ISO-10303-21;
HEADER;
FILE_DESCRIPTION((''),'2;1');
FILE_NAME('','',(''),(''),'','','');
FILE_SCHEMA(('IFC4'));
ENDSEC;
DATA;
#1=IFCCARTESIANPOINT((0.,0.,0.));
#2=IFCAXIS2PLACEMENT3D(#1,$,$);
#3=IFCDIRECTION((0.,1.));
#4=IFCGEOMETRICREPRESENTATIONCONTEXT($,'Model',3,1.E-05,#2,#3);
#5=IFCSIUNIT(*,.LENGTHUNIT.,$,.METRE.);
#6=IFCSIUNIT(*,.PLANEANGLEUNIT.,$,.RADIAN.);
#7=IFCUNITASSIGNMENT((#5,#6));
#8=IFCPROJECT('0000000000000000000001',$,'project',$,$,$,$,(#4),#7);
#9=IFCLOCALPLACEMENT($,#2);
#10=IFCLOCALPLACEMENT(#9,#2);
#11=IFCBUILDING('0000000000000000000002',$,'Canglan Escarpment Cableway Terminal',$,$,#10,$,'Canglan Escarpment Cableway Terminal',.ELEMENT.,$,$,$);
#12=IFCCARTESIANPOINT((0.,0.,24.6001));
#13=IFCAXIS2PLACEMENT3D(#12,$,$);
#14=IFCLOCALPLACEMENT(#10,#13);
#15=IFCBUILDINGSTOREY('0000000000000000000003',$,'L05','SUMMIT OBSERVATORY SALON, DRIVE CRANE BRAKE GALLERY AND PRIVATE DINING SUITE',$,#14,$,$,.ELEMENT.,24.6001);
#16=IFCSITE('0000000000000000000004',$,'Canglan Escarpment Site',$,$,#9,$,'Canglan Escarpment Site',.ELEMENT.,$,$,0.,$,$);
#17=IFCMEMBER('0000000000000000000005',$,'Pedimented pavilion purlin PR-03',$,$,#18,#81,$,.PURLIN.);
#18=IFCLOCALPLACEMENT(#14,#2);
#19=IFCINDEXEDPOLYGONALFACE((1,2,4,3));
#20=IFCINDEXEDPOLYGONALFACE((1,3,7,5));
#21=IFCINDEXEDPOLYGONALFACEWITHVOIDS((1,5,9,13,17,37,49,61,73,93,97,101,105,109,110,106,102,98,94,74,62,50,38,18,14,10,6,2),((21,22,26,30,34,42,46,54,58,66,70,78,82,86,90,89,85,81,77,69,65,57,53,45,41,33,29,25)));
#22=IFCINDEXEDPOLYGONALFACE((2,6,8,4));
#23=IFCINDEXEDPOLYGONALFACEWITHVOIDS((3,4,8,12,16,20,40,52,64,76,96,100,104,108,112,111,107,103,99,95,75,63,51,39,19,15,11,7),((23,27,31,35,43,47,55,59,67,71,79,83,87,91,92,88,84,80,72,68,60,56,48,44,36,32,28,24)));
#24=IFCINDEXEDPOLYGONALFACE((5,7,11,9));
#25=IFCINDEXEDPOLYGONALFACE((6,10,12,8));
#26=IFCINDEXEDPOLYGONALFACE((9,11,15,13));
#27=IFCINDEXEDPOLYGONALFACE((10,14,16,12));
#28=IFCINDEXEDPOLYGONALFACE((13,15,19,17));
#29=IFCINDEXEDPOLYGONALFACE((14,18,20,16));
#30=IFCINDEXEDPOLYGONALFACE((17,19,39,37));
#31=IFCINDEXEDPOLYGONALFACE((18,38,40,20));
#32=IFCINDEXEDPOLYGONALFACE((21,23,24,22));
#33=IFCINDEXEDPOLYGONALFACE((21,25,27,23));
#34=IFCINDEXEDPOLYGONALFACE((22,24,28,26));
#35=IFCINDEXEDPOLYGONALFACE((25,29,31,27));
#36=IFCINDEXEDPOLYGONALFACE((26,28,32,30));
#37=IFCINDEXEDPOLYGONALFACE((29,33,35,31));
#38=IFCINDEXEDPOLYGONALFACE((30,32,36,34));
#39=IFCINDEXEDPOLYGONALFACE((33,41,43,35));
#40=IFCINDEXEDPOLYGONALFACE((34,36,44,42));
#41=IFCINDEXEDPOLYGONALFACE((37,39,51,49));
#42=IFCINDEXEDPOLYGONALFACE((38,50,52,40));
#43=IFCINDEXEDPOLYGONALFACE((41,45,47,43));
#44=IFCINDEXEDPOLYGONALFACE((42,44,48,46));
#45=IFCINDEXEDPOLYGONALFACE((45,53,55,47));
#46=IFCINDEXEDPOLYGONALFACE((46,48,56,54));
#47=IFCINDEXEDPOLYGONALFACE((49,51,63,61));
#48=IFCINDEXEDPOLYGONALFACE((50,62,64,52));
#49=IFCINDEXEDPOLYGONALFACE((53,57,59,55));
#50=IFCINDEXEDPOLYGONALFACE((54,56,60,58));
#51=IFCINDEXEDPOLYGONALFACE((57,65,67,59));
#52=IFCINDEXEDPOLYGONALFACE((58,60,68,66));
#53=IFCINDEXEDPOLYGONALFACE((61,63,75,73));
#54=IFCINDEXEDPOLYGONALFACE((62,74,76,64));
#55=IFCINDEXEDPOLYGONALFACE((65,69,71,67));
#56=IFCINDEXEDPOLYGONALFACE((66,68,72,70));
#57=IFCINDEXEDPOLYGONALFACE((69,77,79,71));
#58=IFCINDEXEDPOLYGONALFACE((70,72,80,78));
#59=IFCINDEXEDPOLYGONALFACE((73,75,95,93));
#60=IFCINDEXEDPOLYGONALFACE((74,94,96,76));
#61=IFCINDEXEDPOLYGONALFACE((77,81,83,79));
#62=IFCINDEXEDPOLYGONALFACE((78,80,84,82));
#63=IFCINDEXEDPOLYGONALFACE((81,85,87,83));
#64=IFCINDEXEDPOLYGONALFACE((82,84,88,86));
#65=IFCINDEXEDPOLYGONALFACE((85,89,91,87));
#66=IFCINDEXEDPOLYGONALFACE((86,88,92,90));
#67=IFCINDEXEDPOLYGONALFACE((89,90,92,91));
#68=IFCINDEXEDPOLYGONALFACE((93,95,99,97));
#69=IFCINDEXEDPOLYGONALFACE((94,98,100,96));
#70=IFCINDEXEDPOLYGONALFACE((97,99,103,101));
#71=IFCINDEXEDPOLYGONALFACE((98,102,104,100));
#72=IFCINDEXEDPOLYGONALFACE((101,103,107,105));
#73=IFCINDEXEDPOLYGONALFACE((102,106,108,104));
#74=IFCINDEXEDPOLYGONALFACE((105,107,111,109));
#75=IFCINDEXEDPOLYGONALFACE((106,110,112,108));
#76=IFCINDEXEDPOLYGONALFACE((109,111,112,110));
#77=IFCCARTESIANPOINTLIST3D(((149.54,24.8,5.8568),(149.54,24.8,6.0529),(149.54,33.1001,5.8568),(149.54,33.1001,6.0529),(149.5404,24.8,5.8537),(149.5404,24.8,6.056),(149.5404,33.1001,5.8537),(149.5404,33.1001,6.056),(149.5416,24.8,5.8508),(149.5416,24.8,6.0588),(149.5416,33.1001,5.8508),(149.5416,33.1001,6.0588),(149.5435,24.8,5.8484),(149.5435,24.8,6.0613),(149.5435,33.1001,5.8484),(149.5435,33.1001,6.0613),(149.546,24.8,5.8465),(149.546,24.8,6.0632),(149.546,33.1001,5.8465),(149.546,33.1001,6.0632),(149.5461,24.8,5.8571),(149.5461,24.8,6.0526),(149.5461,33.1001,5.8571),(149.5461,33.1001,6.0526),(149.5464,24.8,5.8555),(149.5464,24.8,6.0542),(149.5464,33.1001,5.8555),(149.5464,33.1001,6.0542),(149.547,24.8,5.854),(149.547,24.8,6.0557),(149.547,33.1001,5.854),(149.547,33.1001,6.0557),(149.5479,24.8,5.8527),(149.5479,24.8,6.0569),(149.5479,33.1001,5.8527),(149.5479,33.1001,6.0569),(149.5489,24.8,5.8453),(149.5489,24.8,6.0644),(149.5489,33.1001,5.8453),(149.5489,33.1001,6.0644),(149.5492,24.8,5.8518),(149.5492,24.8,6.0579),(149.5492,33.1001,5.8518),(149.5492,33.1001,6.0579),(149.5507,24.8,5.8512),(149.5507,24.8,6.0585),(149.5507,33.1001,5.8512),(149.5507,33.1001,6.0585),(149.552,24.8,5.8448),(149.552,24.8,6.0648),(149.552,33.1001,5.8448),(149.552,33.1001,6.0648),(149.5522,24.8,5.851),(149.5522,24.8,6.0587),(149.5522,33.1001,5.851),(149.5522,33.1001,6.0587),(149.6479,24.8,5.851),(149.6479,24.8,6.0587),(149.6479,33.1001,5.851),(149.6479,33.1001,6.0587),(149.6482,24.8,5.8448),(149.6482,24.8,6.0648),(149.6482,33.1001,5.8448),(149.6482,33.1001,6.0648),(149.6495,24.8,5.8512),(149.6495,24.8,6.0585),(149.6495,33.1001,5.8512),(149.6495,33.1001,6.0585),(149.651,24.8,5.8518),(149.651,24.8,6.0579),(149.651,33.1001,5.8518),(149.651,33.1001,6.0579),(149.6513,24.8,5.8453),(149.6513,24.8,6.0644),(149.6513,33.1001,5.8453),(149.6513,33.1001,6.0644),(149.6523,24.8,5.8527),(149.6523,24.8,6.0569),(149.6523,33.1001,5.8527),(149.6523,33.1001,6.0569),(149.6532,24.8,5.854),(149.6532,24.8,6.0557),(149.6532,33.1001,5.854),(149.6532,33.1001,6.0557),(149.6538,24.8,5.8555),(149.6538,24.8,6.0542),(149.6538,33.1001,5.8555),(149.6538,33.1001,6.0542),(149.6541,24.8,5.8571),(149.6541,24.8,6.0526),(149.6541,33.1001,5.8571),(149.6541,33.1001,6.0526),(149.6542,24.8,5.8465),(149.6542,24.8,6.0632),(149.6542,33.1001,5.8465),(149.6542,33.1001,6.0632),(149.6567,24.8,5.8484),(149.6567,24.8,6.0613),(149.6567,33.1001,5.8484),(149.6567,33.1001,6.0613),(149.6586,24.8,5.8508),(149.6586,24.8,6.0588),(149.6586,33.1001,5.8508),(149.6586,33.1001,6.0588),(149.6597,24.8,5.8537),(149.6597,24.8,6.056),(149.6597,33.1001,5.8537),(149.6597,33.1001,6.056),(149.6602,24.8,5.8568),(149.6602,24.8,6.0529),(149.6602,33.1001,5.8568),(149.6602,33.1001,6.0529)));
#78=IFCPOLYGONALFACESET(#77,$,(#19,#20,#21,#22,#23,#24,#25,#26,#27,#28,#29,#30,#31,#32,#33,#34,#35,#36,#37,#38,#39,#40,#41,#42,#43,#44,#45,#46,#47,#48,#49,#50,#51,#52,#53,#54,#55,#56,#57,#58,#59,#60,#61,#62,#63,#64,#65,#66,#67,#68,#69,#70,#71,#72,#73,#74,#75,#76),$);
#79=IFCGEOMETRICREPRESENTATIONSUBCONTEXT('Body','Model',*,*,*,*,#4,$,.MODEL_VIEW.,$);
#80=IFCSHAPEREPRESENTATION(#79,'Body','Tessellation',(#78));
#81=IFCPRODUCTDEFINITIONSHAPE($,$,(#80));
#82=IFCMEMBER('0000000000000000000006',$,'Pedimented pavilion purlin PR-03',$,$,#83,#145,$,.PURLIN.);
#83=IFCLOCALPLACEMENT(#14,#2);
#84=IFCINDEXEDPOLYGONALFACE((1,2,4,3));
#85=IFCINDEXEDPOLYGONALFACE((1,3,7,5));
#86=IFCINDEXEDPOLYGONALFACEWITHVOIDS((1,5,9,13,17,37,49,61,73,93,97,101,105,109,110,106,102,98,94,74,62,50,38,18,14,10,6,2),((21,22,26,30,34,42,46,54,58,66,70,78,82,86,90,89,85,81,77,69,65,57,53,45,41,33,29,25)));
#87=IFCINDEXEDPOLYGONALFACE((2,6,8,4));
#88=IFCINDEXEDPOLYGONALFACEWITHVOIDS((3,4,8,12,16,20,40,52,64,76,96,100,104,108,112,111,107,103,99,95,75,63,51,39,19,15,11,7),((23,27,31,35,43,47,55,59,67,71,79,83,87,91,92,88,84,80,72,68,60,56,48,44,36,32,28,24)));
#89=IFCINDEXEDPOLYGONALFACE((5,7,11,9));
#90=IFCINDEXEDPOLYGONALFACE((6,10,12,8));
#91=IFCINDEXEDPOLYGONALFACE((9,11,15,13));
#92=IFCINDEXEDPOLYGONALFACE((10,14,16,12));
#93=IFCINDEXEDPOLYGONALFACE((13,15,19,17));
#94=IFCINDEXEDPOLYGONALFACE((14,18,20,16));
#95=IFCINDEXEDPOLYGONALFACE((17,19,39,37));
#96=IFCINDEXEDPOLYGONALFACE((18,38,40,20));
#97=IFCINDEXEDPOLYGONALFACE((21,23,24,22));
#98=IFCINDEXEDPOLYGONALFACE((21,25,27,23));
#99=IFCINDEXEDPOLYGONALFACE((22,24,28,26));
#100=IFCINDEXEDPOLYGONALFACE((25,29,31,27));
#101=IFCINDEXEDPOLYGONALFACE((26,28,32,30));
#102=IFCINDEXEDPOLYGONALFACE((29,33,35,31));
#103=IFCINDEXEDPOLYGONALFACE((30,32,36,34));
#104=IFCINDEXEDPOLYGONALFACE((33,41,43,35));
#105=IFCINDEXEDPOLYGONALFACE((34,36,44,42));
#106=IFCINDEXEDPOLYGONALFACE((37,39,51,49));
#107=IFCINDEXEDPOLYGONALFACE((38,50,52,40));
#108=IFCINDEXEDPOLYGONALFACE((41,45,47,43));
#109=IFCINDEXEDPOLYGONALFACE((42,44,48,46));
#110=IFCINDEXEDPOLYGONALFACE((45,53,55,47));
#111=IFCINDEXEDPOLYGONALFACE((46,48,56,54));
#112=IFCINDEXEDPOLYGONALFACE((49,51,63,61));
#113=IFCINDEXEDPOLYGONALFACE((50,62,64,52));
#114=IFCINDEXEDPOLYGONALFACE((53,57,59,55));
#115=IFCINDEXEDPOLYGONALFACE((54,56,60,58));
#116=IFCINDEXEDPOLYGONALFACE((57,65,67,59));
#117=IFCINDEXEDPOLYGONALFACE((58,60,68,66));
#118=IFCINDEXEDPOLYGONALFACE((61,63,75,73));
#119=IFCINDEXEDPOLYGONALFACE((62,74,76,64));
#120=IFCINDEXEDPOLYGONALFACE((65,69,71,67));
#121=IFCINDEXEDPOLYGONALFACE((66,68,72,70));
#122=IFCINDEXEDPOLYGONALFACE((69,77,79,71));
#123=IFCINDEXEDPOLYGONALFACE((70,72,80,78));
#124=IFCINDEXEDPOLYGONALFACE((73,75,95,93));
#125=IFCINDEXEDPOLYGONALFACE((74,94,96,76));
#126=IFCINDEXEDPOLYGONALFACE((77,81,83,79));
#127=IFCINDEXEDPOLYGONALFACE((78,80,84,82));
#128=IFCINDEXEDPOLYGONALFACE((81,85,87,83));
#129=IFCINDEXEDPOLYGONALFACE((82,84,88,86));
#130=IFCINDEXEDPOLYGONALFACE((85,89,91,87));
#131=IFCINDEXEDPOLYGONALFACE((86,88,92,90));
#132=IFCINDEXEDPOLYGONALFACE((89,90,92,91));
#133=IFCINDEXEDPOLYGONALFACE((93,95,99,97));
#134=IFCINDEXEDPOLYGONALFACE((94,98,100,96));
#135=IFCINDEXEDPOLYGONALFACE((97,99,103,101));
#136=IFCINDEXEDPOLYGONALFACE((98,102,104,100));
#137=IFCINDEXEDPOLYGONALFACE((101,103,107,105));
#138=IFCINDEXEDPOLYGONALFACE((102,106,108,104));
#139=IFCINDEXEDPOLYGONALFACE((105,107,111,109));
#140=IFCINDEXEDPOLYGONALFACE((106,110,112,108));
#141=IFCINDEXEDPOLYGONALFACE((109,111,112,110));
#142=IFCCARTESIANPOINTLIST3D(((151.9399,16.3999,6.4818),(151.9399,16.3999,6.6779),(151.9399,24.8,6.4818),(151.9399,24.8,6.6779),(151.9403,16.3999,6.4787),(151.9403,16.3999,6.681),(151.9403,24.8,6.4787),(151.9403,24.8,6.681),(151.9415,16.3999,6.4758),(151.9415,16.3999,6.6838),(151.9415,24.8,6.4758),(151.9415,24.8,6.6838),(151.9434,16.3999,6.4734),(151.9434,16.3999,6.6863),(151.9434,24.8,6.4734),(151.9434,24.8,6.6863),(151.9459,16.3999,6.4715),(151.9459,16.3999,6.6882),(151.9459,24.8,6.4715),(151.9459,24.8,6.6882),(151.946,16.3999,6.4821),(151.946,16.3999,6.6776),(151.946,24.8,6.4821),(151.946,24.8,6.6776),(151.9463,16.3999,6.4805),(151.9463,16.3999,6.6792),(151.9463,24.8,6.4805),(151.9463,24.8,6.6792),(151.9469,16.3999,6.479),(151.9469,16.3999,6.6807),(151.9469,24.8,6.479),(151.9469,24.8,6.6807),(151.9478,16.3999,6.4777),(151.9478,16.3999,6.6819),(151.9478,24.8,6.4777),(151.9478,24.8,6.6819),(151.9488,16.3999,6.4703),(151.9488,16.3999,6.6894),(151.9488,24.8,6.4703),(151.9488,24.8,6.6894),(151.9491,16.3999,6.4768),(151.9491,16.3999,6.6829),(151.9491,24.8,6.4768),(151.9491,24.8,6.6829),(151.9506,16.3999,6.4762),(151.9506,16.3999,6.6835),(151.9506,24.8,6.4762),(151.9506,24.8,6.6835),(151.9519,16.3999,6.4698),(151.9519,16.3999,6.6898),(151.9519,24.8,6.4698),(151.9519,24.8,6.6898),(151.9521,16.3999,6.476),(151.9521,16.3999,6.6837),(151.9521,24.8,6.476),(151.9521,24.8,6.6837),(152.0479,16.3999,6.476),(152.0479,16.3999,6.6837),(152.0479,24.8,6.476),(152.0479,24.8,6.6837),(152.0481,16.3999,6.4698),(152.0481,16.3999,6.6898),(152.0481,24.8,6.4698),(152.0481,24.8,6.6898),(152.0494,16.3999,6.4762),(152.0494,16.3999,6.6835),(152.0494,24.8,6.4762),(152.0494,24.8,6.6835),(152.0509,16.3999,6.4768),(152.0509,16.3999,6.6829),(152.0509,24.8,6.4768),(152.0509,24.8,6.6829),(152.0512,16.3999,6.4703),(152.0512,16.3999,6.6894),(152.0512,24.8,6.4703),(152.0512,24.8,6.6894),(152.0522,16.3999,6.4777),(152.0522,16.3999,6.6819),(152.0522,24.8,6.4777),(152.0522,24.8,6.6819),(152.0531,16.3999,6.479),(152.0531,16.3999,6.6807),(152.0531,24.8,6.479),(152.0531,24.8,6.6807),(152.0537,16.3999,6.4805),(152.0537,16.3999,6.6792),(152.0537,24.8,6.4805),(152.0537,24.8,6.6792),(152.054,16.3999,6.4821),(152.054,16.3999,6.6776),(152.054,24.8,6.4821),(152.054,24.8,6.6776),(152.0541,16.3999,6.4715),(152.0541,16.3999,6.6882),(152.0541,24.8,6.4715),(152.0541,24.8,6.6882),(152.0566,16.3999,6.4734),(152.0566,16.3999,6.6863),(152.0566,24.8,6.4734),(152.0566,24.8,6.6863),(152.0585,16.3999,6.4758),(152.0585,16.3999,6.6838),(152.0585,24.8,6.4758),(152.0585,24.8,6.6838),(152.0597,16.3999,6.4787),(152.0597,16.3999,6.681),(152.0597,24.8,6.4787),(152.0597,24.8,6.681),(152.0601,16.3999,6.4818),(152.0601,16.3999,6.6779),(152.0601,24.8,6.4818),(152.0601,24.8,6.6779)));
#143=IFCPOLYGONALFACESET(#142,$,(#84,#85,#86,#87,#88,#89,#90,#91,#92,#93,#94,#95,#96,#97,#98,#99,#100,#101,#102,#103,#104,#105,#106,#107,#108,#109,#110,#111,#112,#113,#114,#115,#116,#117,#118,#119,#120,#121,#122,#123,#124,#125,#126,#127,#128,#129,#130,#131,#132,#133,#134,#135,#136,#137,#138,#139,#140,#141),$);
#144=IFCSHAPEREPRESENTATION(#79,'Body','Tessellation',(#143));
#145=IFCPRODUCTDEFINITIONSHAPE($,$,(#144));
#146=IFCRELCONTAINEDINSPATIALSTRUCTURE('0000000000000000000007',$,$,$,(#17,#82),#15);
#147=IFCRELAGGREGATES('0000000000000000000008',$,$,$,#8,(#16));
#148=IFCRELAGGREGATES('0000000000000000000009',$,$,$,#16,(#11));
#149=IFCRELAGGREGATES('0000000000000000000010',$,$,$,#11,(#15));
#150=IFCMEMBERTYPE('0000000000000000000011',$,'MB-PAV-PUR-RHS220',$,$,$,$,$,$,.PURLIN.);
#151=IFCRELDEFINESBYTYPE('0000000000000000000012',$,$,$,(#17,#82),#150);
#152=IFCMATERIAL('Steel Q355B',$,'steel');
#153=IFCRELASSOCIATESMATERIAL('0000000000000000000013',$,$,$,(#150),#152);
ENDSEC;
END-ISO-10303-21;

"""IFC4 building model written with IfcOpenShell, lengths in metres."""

from ifc_helpers import new_model, si_unit, direction, frame, origin, origin_2d, place, context, subcontext, project, spatial, hollow_rectangle, extrude, material, material_profile, profile_set, type_object, element, save


model = new_model("IFC4")

# Units and contexts
model_context = context("Model", 3, precision=1e-05, world=origin(), true_north=direction((0.0, 1.0)))
body_context = subcontext(model_context, "Body", "Model", "MODEL_VIEW")
ifc_project = project(units=[si_unit("LENGTHUNIT", "METRE"), si_unit("PLANEANGLEUNIT", "RADIAN")], contexts=[model_context])

# Site, building, storey
site_placement = place(None, origin())
site = spatial("IfcSite", under=ifc_project, at=site_placement, Name="Canglan Escarpment Site", LongName="Canglan Escarpment Site", CompositionType="ELEMENT", RefElevation=0.0)
building_placement = place(site_placement, origin())
building = spatial("IfcBuilding", under=site, at=building_placement, Name="Canglan Escarpment Cableway Terminal", LongName="Canglan Escarpment Cableway Terminal", CompositionType="ELEMENT")
storey_placement = place(building_placement, frame((0.0, 0.0, 24.6001)))
storey = spatial("IfcBuildingStorey", under=building, at=storey_placement, Name="L05", Description="SUMMIT OBSERVATORY SALON, DRIVE CRANE BRAKE GALLERY AND PRIVATE DINING SUITE", CompositionType="ELEMENT", Elevation=24.6001)

# Shared definitions
ifc_material_1 = material(Name="Steel Q355B", Category="steel")

# Members
ifc_material_profile_1 = material_profile(ifc_material_1, hollow_rectangle(XDim=0.1201, YDim=0.22, WallThickness=0.0061, InnerFilletRadius=0.0061, OuterFilletRadius=0.012, at=origin_2d()), Name="RHS 220x120x6")
ifc_profile_set_1 = profile_set([ifc_material_profile_1], Name="Steel Q355B")
member_type_1 = type_object("IfcMemberType", Name="MB-PAV-PUR-RHS220", PredefinedType="PURLIN", material=ifc_profile_set_1)
member_1_placement = place(storey_placement, frame((149.6001, 24.8, 5.9548), z_axis=(0.0, 1.0, 0.0), x_axis=(-1.0, 0.0, 0.0)))
element("IfcMember", 1, at=member_1_placement, inside=storey, type_object=member_type_1, Name="Pedimented pavilion purlin PR-03", PredefinedType="PURLIN", context=body_context, shape_type="SweptSolid", body=[
    extrude(hollow_rectangle(XDim=0.1201, YDim=0.22, WallThickness=0.0061, InnerFilletRadius=0.0061, OuterFilletRadius=0.012, at=origin_2d()), origin(), (0.0, 0.0, 1.0), 8.3),
])
member_2_placement = place(storey_placement, frame((152.0, 16.3999, 6.5798), z_axis=(0.0, 1.0, 0.0), x_axis=(-1.0, 0.0, 0.0)))
element("IfcMember", 2, at=member_2_placement, inside=storey, type_object=member_type_1, Name="Pedimented pavilion purlin PR-03", PredefinedType="PURLIN", context=body_context, shape_type="SweptSolid", body=[
    extrude(hollow_rectangle(XDim=0.1201, YDim=0.22, WallThickness=0.0061, InnerFilletRadius=0.0061, OuterFilletRadius=0.012, at=origin_2d()), origin(), (0.0, 0.0, 1.0), 8.4001),
])

save(model, "model.ifc")
